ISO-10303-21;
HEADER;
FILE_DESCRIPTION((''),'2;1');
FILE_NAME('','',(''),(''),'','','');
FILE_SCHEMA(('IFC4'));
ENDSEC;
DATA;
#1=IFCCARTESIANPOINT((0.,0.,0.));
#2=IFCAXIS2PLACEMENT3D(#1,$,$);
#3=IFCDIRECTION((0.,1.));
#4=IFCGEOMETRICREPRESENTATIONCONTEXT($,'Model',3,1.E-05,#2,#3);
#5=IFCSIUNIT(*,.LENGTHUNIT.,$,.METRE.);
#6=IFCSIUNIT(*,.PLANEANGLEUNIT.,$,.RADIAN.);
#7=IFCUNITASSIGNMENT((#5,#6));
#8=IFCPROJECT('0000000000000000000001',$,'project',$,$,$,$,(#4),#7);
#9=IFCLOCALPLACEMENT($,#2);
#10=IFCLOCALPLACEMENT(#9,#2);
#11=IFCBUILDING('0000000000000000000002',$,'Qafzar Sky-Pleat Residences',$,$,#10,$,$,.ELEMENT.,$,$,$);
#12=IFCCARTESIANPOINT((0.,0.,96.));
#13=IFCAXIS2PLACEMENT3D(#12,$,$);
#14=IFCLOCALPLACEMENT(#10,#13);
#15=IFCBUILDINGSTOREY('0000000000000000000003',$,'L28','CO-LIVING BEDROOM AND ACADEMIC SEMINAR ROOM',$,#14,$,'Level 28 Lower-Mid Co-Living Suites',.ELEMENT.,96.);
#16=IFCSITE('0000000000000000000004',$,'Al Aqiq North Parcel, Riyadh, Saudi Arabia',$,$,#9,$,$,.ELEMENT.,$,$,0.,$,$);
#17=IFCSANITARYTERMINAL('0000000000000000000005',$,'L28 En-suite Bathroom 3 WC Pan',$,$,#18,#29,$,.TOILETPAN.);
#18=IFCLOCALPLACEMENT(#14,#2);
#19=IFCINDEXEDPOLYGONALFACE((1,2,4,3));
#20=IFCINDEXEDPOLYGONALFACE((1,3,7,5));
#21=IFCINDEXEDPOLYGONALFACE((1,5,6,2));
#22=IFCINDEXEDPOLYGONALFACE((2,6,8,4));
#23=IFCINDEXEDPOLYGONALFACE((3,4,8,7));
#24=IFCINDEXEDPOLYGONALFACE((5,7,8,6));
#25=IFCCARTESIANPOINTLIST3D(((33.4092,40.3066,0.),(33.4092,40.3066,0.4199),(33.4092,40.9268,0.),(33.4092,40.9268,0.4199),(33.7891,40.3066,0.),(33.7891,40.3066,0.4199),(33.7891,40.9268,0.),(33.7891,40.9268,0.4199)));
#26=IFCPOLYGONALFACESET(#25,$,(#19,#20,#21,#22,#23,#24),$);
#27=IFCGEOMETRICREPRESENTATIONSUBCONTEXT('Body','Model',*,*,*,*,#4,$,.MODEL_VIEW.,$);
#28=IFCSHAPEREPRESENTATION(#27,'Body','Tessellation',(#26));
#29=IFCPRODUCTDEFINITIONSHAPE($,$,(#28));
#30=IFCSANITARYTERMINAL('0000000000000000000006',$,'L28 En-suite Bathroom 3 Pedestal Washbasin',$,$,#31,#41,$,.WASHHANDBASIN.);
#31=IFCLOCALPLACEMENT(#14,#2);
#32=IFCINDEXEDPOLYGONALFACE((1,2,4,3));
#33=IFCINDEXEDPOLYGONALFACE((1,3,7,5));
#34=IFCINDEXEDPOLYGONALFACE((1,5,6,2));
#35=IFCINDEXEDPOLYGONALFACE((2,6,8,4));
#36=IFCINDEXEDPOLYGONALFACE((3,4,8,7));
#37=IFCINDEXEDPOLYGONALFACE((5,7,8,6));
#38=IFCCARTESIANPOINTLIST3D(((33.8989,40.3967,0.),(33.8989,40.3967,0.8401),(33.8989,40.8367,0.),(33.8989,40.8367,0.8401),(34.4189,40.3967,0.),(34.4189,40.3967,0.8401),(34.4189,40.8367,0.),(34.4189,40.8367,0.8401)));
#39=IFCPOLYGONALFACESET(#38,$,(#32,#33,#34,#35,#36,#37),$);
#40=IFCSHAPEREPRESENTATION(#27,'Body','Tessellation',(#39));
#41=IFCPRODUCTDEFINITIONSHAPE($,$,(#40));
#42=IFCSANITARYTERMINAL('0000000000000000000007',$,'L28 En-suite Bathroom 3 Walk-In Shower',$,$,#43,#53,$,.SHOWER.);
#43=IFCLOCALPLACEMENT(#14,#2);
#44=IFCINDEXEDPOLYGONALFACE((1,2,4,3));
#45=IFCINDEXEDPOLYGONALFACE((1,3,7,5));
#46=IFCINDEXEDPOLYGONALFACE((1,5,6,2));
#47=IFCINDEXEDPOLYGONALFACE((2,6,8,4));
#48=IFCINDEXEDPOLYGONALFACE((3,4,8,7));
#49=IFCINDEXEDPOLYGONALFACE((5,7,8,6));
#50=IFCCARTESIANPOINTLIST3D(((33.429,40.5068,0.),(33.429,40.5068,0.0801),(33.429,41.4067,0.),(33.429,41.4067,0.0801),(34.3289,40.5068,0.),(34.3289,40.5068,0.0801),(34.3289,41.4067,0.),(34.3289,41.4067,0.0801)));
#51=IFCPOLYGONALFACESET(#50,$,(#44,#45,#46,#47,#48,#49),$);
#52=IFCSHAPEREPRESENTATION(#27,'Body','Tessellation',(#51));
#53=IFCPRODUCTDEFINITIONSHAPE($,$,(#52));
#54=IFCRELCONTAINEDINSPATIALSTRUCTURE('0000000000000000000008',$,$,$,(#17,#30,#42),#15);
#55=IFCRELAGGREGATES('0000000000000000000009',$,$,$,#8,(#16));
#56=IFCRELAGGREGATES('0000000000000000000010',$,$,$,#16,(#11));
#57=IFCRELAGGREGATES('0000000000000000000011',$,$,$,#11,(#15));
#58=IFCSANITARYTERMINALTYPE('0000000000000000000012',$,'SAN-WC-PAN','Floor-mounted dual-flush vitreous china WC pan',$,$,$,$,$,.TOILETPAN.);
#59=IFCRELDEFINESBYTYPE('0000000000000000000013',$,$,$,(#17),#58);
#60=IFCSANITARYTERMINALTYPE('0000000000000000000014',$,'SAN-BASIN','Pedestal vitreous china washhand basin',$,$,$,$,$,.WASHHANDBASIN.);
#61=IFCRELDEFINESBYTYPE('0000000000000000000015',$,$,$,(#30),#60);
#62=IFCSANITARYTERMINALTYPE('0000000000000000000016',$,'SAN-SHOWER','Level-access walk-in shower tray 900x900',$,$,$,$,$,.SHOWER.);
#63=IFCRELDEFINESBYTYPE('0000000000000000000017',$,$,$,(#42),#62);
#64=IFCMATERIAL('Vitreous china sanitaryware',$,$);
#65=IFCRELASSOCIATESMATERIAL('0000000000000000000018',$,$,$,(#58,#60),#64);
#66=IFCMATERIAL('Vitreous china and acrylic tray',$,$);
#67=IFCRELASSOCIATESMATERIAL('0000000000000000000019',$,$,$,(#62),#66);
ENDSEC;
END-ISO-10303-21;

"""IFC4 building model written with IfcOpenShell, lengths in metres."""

from ifc_helpers import new_model, si_unit, direction, frame, origin, origin_2d, place, context, subcontext, project, spatial, rectangle, extrude, source, transform, mapped, material, type_object, element, save


model = new_model("IFC4")

# Units and contexts
model_context = context("Model", 3, precision=1e-05, world=origin(), true_north=direction((0.0, 1.0)))
body_context = subcontext(model_context, "Body", "Model", "MODEL_VIEW")
ifc_project = project(units=[si_unit("LENGTHUNIT", "METRE"), si_unit("PLANEANGLEUNIT", "RADIAN")], contexts=[model_context])

# Site, building, storey
site_placement = place(None, origin())
site = spatial("IfcSite", under=ifc_project, at=site_placement, Name="Al Aqiq North Parcel, Riyadh, Saudi Arabia", CompositionType="ELEMENT", RefElevation=0.0)
building_placement = place(site_placement, origin())
building = spatial("IfcBuilding", under=site, at=building_placement, Name="Qafzar Sky-Pleat Residences", CompositionType="ELEMENT")
storey_placement = place(building_placement, frame((0.0, 0.0, 96.0)))
storey = spatial("IfcBuildingStorey", under=building, at=storey_placement, Name="L28", Description="CO-LIVING BEDROOM AND ACADEMIC SEMINAR ROOM", LongName="Level 28 Lower-Mid Co-Living Suites", CompositionType="ELEMENT", Elevation=96.0)

# Sanitary terminals
ifc_material_1 = material(Name="Vitreous china sanitaryware")
sanitary_terminal_type_1 = type_object("IfcSanitaryTerminalType", Name="SAN-WC-PAN", Description="Floor-mounted dual-flush vitreous china WC pan", PredefinedType="TOILETPAN", material=ifc_material_1)
shared_shape_1 = source(origin(), body_context, "Body", "SweptSolid", [
    extrude(rectangle(XDim=0.3799, YDim=0.6201, at=origin_2d()), origin(), (0.0, 0.0, 1.0), 0.4199),
])
sanitary_terminal_1_placement = place(storey_placement, frame((33.5991, 40.6167, 0.0), z_axis=(0.0, 0.0, 1.0), x_axis=(1.0, 0.0, 0.0)))
element("IfcSanitaryTerminal", 1, at=sanitary_terminal_1_placement, inside=storey, type_object=sanitary_terminal_type_1, Name="L28 En-suite Bathroom 3 WC Pan", PredefinedType="TOILETPAN", context=body_context, shape_type="MappedRepresentation", body=[
    mapped(shared_shape_1, transform((0.0, 0.0, 0.0), x_axis=(1.0, 0.0, 0.0), y_axis=(0.0, 1.0, 0.0), z_axis=(0.0, 0.0, 1.0), scale=1.0)),
])
sanitary_terminal_type_2 = type_object("IfcSanitaryTerminalType", Name="SAN-BASIN", Description="Pedestal vitreous china washhand basin", PredefinedType="WASHHANDBASIN", material=ifc_material_1)
shared_shape_2 = source(origin(), body_context, "Body", "SweptSolid", [
    extrude(rectangle(XDim=0.52, YDim=0.4399, at=origin_2d()), origin(), (0.0, 0.0, 1.0), 0.8401),
])
sanitary_terminal_2_placement = place(storey_placement, frame((34.1589, 40.6167, 0.0), z_axis=(0.0, 0.0, 1.0), x_axis=(1.0, 0.0, 0.0)))
element("IfcSanitaryTerminal", 2, at=sanitary_terminal_2_placement, inside=storey, type_object=sanitary_terminal_type_2, Name="L28 En-suite Bathroom 3 Pedestal Washbasin", PredefinedType="WASHHANDBASIN", context=body_context, shape_type="MappedRepresentation", body=[
    mapped(shared_shape_2, transform((0.0, 0.0, 0.0), x_axis=(1.0, 0.0, 0.0), y_axis=(0.0, 1.0, 0.0), z_axis=(0.0, 0.0, 1.0), scale=1.0)),
])
ifc_material_2 = material(Name="Vitreous china and acrylic tray")
sanitary_terminal_type_3 = type_object("IfcSanitaryTerminalType", Name="SAN-SHOWER", Description="Level-access walk-in shower tray 900x900", PredefinedType="SHOWER", material=ifc_material_2)
shared_shape_3 = source(origin(), body_context, "Body", "SweptSolid", [
    extrude(rectangle(XDim=0.8999, YDim=0.8999, at=origin_2d()), origin(), (0.0, 0.0, 1.0), 0.0801),
])
sanitary_terminal_3_placement = place(storey_placement, frame((33.8789, 40.9568, 0.0), z_axis=(0.0, 0.0, 1.0), x_axis=(1.0, 0.0, 0.0)))
element("IfcSanitaryTerminal", 3, at=sanitary_terminal_3_placement, inside=storey, type_object=sanitary_terminal_type_3, Name="L28 En-suite Bathroom 3 Walk-In Shower", PredefinedType="SHOWER", context=body_context, shape_type="MappedRepresentation", body=[
    mapped(shared_shape_3, transform((0.0, 0.0, 0.0), x_axis=(1.0, 0.0, 0.0), y_axis=(0.0, 1.0, 0.0), z_axis=(0.0, 0.0, 1.0), scale=1.0)),
])

save(model, "model.ifc")
